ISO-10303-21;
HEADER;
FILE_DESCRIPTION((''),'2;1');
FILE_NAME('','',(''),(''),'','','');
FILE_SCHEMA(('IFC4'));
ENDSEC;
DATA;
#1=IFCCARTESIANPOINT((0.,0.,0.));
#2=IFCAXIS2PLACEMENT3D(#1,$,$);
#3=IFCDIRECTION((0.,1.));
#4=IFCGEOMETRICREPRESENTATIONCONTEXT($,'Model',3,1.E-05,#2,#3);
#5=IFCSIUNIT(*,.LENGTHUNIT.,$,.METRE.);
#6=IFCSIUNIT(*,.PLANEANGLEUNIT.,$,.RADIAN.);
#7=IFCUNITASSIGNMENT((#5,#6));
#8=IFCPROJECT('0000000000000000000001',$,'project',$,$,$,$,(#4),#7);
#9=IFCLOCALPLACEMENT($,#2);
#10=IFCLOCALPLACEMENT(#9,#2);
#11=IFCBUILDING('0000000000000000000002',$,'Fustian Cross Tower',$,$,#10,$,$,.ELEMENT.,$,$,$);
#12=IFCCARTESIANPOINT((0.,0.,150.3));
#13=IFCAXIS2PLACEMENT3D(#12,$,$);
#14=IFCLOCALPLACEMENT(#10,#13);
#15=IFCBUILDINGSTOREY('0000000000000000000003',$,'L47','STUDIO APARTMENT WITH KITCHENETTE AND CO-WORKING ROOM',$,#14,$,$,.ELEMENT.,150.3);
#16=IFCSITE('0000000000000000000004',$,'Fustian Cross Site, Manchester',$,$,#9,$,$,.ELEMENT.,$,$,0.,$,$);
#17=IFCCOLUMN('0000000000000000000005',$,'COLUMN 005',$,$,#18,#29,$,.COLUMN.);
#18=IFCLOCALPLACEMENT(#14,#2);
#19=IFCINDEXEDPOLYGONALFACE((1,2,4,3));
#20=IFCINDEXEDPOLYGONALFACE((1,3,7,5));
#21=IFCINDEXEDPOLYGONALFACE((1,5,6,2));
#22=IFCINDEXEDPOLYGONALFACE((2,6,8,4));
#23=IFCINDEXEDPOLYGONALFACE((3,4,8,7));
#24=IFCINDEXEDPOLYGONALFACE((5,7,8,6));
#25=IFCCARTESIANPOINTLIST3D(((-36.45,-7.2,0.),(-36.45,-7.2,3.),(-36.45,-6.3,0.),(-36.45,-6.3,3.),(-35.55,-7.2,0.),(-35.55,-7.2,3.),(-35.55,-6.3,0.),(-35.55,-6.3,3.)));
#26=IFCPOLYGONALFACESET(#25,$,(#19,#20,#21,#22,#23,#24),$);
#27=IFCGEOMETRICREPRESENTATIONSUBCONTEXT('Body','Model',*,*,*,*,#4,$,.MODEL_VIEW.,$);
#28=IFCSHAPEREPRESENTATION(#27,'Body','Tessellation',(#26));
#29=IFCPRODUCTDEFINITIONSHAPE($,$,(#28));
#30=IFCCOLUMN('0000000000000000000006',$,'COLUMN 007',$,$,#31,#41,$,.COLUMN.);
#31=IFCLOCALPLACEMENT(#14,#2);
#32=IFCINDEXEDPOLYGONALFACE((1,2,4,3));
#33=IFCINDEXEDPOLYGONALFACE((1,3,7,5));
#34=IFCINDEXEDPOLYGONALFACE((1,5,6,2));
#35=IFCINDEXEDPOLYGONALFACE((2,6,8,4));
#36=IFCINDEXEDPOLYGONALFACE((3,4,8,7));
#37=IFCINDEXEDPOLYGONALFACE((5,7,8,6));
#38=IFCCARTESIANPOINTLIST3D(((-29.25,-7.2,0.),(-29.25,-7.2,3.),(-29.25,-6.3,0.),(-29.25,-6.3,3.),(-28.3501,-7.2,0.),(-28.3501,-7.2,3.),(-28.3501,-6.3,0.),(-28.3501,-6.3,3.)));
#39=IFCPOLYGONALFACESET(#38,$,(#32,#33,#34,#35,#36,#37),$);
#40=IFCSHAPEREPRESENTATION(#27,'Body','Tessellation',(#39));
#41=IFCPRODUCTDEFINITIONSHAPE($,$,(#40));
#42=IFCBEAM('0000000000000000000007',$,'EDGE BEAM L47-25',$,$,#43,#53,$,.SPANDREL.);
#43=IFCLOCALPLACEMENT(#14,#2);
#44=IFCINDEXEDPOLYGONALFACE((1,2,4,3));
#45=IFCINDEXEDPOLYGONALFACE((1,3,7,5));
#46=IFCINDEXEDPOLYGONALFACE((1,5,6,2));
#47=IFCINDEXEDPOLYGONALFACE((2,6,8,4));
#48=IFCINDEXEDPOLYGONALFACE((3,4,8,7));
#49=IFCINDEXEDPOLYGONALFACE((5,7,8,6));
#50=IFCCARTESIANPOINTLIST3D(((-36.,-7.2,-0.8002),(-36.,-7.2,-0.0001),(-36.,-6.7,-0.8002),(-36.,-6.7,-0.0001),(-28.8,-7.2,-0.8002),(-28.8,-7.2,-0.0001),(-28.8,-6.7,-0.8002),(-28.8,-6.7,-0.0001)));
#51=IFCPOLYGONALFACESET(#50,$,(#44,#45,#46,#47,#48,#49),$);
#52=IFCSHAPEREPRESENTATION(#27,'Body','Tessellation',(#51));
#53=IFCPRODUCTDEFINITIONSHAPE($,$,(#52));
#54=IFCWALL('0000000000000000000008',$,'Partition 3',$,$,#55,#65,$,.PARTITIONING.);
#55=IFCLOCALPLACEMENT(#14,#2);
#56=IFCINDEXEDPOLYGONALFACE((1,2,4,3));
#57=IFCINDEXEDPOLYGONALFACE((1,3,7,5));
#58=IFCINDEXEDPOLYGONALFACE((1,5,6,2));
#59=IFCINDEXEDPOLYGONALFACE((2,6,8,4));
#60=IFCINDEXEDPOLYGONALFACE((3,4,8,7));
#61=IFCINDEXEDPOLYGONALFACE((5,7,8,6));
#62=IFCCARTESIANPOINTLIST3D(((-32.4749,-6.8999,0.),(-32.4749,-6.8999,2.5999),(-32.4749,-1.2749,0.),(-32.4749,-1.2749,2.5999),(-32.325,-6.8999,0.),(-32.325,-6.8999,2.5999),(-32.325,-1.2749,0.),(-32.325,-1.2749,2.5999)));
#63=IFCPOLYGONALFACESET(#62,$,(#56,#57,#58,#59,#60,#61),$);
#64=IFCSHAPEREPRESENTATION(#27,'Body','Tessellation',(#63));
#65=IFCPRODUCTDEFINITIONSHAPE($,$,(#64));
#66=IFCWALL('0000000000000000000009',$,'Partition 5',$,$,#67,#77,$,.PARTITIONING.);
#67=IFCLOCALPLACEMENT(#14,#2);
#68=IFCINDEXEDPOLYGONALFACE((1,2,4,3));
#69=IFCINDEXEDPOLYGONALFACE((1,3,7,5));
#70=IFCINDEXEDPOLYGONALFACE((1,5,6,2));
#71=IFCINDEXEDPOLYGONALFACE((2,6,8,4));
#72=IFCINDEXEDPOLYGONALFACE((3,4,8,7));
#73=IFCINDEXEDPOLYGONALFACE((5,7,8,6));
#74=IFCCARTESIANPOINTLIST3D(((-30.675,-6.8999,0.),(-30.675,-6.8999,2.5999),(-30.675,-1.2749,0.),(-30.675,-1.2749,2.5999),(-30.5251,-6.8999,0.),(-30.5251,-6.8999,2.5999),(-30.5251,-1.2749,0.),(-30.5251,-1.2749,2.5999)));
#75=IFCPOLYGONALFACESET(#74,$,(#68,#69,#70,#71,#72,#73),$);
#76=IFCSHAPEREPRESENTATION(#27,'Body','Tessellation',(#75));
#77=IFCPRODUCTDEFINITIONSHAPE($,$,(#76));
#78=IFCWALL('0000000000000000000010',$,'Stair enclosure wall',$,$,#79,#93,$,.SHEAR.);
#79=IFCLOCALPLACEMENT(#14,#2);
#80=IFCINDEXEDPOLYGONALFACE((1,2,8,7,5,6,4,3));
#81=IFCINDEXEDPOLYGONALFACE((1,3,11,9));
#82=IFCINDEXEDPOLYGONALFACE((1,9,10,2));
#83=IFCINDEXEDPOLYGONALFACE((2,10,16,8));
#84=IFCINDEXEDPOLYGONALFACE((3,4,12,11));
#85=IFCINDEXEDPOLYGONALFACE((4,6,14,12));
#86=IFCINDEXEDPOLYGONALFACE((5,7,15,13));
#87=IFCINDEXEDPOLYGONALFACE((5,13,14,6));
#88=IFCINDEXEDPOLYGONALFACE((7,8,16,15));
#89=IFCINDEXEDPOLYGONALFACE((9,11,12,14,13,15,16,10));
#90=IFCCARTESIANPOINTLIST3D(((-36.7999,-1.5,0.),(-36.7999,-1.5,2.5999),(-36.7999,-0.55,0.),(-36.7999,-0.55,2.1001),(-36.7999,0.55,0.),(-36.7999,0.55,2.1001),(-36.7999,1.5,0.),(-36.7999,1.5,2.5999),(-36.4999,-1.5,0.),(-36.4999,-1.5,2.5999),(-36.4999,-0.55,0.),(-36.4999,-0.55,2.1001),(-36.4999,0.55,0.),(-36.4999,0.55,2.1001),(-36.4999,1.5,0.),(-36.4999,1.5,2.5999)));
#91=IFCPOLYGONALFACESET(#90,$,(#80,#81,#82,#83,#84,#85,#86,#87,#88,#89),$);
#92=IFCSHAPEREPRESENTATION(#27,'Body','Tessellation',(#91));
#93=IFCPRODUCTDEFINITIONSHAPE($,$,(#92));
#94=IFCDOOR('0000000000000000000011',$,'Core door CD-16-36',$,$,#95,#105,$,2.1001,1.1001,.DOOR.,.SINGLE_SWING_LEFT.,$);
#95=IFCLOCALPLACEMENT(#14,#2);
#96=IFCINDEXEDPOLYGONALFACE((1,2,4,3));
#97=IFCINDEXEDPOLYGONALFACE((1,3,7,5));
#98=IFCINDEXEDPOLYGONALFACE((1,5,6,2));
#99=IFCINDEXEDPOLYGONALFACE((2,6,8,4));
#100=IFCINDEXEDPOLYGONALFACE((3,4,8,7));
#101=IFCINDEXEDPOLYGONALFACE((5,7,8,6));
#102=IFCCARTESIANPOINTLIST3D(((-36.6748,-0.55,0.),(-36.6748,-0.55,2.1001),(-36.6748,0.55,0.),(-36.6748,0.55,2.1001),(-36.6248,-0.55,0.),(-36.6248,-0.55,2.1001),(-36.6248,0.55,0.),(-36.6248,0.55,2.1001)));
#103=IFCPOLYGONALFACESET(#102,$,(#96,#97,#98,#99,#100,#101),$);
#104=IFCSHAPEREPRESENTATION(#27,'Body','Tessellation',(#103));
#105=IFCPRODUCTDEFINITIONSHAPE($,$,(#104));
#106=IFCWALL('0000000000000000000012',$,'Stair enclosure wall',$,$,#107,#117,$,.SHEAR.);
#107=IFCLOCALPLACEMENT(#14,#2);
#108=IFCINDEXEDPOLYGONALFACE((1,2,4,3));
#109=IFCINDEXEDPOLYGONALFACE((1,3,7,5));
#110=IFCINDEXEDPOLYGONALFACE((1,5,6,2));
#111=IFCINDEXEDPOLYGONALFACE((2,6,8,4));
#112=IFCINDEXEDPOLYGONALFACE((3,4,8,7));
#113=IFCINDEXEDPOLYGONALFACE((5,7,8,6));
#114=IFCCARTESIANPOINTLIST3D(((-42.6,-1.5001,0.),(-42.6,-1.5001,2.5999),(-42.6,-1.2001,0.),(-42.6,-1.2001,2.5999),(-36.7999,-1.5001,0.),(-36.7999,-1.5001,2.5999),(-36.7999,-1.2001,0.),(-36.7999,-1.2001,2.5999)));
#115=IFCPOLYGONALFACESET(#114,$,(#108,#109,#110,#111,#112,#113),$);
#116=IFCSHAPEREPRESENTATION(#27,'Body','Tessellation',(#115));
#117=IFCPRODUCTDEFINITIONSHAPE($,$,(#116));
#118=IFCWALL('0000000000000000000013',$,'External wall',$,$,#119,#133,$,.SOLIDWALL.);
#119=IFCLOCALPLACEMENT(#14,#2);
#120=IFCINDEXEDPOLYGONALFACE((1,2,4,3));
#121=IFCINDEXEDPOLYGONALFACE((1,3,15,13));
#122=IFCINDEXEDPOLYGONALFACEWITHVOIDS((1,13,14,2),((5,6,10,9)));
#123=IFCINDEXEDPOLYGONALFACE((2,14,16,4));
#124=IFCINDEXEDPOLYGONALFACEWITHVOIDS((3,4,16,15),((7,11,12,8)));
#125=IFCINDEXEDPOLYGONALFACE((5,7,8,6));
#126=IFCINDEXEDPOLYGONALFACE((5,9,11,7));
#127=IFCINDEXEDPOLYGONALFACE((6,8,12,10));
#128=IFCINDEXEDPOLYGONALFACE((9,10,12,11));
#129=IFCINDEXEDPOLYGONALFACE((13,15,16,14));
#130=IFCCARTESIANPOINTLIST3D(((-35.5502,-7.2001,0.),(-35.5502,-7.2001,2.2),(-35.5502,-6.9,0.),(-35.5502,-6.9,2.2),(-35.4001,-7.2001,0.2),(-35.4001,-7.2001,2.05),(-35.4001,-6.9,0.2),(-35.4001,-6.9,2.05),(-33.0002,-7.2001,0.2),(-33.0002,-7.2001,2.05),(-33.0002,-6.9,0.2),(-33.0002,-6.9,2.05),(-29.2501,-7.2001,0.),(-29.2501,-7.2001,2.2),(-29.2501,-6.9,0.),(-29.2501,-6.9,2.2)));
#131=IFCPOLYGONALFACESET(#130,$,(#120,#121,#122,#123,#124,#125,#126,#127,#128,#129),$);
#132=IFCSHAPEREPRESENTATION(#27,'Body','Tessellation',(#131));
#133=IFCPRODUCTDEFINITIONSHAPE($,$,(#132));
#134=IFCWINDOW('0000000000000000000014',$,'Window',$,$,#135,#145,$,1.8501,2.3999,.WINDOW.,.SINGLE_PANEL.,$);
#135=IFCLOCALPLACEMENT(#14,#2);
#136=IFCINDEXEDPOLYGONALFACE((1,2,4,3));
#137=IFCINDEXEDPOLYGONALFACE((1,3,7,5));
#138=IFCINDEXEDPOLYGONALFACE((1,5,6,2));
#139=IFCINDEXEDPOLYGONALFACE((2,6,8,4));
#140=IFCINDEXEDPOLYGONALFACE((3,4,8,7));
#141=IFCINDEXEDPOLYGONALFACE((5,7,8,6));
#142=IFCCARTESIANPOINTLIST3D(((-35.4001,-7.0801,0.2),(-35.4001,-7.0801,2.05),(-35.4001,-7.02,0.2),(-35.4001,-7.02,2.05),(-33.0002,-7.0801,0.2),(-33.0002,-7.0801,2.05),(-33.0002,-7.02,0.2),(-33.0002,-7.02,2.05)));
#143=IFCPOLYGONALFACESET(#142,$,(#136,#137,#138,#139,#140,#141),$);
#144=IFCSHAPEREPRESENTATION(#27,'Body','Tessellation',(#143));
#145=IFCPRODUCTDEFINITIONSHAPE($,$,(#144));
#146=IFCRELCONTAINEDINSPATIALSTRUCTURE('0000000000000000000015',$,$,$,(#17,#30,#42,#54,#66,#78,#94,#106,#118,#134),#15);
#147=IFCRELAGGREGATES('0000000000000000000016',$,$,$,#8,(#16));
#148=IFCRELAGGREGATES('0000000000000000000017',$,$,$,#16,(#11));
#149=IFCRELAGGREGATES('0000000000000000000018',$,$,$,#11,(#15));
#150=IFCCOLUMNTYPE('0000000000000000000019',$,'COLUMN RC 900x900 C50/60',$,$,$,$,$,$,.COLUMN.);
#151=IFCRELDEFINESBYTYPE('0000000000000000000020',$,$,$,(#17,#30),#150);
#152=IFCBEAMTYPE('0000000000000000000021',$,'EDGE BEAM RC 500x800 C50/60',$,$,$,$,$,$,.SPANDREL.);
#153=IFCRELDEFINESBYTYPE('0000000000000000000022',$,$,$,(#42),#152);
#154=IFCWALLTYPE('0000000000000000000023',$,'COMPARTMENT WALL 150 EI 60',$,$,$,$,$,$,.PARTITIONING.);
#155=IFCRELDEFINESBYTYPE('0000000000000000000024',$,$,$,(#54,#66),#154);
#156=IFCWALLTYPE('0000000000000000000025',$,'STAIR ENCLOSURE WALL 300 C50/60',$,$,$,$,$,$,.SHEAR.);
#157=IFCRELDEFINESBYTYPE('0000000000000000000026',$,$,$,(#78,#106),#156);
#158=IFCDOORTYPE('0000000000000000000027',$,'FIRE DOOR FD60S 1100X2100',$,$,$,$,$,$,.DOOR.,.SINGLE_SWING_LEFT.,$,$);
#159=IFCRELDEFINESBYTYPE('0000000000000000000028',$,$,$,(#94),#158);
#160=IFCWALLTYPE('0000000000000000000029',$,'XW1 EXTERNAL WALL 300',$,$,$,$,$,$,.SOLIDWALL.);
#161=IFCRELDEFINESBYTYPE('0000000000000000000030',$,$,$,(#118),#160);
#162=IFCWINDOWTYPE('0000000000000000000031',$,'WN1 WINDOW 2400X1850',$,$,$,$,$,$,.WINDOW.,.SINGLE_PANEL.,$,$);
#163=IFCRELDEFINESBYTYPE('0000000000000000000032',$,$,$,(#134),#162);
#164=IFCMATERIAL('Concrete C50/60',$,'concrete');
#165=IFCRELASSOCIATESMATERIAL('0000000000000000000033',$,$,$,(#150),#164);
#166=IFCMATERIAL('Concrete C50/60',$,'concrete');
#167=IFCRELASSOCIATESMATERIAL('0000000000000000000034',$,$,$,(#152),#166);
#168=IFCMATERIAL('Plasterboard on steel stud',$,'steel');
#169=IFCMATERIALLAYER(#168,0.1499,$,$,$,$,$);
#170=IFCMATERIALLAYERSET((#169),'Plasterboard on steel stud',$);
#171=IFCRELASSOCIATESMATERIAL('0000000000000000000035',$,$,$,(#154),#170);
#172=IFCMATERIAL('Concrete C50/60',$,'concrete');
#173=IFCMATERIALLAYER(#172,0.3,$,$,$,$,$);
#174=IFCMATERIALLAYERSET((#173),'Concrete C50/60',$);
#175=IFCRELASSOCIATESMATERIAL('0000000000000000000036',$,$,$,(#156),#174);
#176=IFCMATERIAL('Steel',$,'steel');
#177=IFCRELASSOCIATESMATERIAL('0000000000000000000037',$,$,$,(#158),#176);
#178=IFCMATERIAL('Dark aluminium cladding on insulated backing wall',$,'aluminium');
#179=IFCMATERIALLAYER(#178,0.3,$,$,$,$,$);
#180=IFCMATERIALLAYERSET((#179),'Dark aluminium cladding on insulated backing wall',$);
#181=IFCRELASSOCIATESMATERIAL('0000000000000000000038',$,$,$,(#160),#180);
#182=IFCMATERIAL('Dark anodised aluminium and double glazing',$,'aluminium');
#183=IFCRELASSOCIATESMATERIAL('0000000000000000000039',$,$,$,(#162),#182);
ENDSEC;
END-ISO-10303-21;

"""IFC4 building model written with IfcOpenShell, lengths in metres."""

from ifc_helpers import new_model, si_unit, direction, frame, frame_2d, origin, origin_2d, place, context, subcontext, project, spatial, rectangle, extrude, material, layer, layer_set, material_profile, profile_set, type_object, element, fill, save


model = new_model("IFC4")

# Units and contexts
model_context = context("Model", 3, precision=1e-05, world=origin(), true_north=direction((0.0, 1.0)))
body_context = subcontext(model_context, "Body", "Model", "MODEL_VIEW")
ifc_project = project(units=[si_unit("LENGTHUNIT", "METRE"), si_unit("PLANEANGLEUNIT", "RADIAN")], contexts=[model_context])

# Site, building, storey
site_placement = place(None, origin())
site = spatial("IfcSite", under=ifc_project, at=site_placement, Name="Fustian Cross Site, Manchester", CompositionType="ELEMENT", RefElevation=0.0)
building_placement = place(site_placement, origin())
building = spatial("IfcBuilding", under=site, at=building_placement, Name="Fustian Cross Tower", CompositionType="ELEMENT")
storey_placement = place(building_placement, frame((0.0, 0.0, 150.3)))
storey = spatial("IfcBuildingStorey", under=building, at=storey_placement, Name="L47", Description="STUDIO APARTMENT WITH KITCHENETTE AND CO-WORKING ROOM", CompositionType="ELEMENT", Elevation=150.3)

# Columns
ifc_material_1 = material(Name="Concrete C50/60", Category="concrete")
ifc_material_profile_1 = material_profile(ifc_material_1, rectangle(XDim=0.8999, YDim=0.8999, at=origin_2d()), Name="RC 900x900")
ifc_profile_set_1 = profile_set([ifc_material_profile_1], Name="Concrete C50/60")
column_type = type_object("IfcColumnType", Name="COLUMN RC 900x900 C50/60", PredefinedType="COLUMN", material=ifc_profile_set_1)
for number, where, z_axis, x_axis, name in (
    (1, (-36.0, -6.75, 0.0), (0.0, 0.0, 1.0), (1.0, 0.0, 0.0), "COLUMN 005"),
    (2, (-28.8, -6.75, 0.0), (0.0, 0.0, 1.0), (1.0, 0.0, 0.0), "COLUMN 007"),
):
    element("IfcColumn", number, at=place(storey_placement, frame(where, z_axis=z_axis, x_axis=x_axis)), inside=storey, type_object=column_type, Name=name, PredefinedType="COLUMN", context=body_context, shape_type="SweptSolid", body=[
        extrude(rectangle(XDim=0.8999, YDim=0.8999, at=origin_2d()), origin(), (0.0, 0.0, 1.0), 3.0),
    ])

# Beam
ifc_material_2 = material(Name="Concrete C50/60", Category="concrete")
ifc_material_profile_2 = material_profile(ifc_material_2, rectangle(XDim=0.5, YDim=0.8, at=origin_2d()), Name="RC 500x800")
ifc_profile_set_2 = profile_set([ifc_material_profile_2], Name="Concrete C50/60")
beam_type = type_object("IfcBeamType", Name="EDGE BEAM RC 500x800 C50/60", PredefinedType="SPANDREL", material=ifc_profile_set_2)
beam_placement = place(storey_placement, frame((-36.0, -6.95, -0.4001), z_axis=(1.0, 0.0, 0.0), x_axis=(0.0, 1.0, 0.0)))
element("IfcBeam", 3, at=beam_placement, inside=storey, type_object=beam_type, Name="EDGE BEAM L47-25", PredefinedType="SPANDREL", context=body_context, shape_type="SweptSolid", body=[
    extrude(rectangle(XDim=0.5, YDim=0.8, at=origin_2d()), origin(), (0.0, 0.0, 1.0), 7.2),
])

# Walls
ifc_material_3 = material(Name="Plasterboard on steel stud", Category="steel")
ifc_layer_1 = layer(ifc_material_3, 0.1499)
ifc_layer_set_1 = layer_set([ifc_layer_1], Name="Plasterboard on steel stud")
wall_type_1 = type_object("IfcWallType", Name="COMPARTMENT WALL 150 EI 60", PredefinedType="PARTITIONING", material=ifc_layer_set_1)
for number, where, z_axis, x_axis, name in (
    (4, (-32.3999, -6.8999, 0.0), (0.0, 0.0, 1.0), (0.0, 1.0, 0.0), "Partition 3"),
    (5, (-30.6001, -6.8999, 0.0), (0.0, 0.0, 1.0), (0.0, 1.0, 0.0), "Partition 5"),
):
    element("IfcWall", number, at=place(storey_placement, frame(where, z_axis=z_axis, x_axis=x_axis)), inside=storey, type_object=wall_type_1, Name=name, PredefinedType="PARTITIONING", context=body_context, shape_type="SweptSolid", body=[
        extrude(rectangle(XDim=5.625, YDim=0.1499, at=frame_2d((2.8125, 0.0))), origin(), (0.0, 0.0, 1.0), 2.5999),
    ])

# Wall, opening, door
ifc_material_4 = material(Name="Concrete C50/60", Category="concrete")
ifc_layer_2 = layer(ifc_material_4, 0.3)
ifc_layer_set_2 = layer_set([ifc_layer_2], Name="Concrete C50/60")
wall_type_2 = type_object("IfcWallType", Name="STAIR ENCLOSURE WALL 300 C50/60", PredefinedType="SHEAR", material=ifc_layer_set_2)
wall_1_placement = place(storey_placement, frame((-36.6499, -1.5, 0.0), z_axis=(0.0, 0.0, 1.0), x_axis=(0.0, 1.0, 0.0)))
wall_1 = element("IfcWall", 6, at=wall_1_placement, inside=storey, type_object=wall_type_2, Name="Stair enclosure wall", PredefinedType="SHEAR", context=body_context, shape_type="SweptSolid", body=[
    extrude(rectangle(XDim=3.0, YDim=0.3, at=frame_2d((1.5, 0.0))), origin(), (0.0, 0.0, 1.0), 2.5999),
])
opening_1_placement = place(wall_1_placement, frame((0.95, 0.0, 0.0)))
opening_1 = element("IfcOpeningElement", 7, at=opening_1_placement, cuts=wall_1, PredefinedType="OPENING", context=body_context, shape_type="SweptSolid", body=[
    extrude(rectangle(XDim=1.1001, YDim=2.1001, at=frame_2d((0.55, 1.05))), frame((0.0, 0.1599, 0.0), z_axis=(0.0, -1.0, 0.0), x_axis=(1.0, 0.0, 0.0)), (0.0, 0.0, 1.0), 0.3201),
])
ifc_material_5 = material(Name="Steel", Category="steel")
door_type = type_object("IfcDoorType", Name="FIRE DOOR FD60S 1100X2100", OperationType="SINGLE_SWING_LEFT", PredefinedType="DOOR", material=ifc_material_5)
door_placement = place(opening_1_placement, origin())
door = element("IfcDoor", 8, at=door_placement, inside=storey, type_object=door_type, Name="Core door CD-16-36", OperationType="SINGLE_SWING_LEFT", OverallHeight=2.1001, OverallWidth=1.1001, PredefinedType="DOOR", context=body_context, shape_type="SweptSolid", body=[
    extrude(rectangle(XDim=1.1001, YDim=2.1001, at=frame_2d((0.55, 1.05))), frame((0.0, 0.0249, 0.0), z_axis=(0.0, -1.0, 0.0), x_axis=(1.0, 0.0, 0.0)), (0.0, 0.0, 1.0), 0.05),
])
fill(opening_1, door)

# Wall
wall_2_placement = place(storey_placement, frame((-36.8, -1.3501, 0.0), z_axis=(0.0, 0.0, 1.0), x_axis=(-1.0, 0.0, 0.0)))
element("IfcWall", 9, at=wall_2_placement, inside=storey, type_object=wall_type_2, Name="Stair enclosure wall", PredefinedType="SHEAR", context=body_context, shape_type="SweptSolid", body=[
    extrude(rectangle(XDim=5.8, YDim=0.3, at=frame_2d((2.8999, 0.0))), origin(), (0.0, 0.0, 1.0), 2.5999),
])

# Wall, opening, window
ifc_material_6 = material(Name="Dark aluminium cladding on insulated backing wall", Category="aluminium")
ifc_layer_3 = layer(ifc_material_6, 0.3)
ifc_layer_set_3 = layer_set([ifc_layer_3], Name="Dark aluminium cladding on insulated backing wall")
wall_type_3 = type_object("IfcWallType", Name="XW1 EXTERNAL WALL 300", PredefinedType="SOLIDWALL", material=ifc_layer_set_3)
wall_3_placement = place(storey_placement, frame((-35.55, -7.05, 0.0), z_axis=(0.0, 0.0, 1.0), x_axis=(1.0, 0.0, 0.0)))
wall_3 = element("IfcWall", 10, at=wall_3_placement, inside=storey, type_object=wall_type_3, Name="External wall", PredefinedType="SOLIDWALL", context=body_context, shape_type="SweptSolid", body=[
    extrude(rectangle(XDim=6.3, YDim=0.3, at=frame_2d((3.1499, 0.0))), origin(), (0.0, 0.0, 1.0), 2.2),
])
opening_2_placement = place(wall_3_placement, frame((0.1499, 0.0, 0.2)))
opening_2 = element("IfcOpeningElement", 11, at=opening_2_placement, cuts=wall_3, PredefinedType="OPENING", context=body_context, shape_type="SweptSolid", body=[
    extrude(rectangle(XDim=2.3999, YDim=1.8501, at=frame_2d((1.2, 0.925))), frame((0.0, 0.1599, 0.0), z_axis=(0.0, -1.0, 0.0), x_axis=(1.0, 0.0, 0.0)), (0.0, 0.0, 1.0), 0.3201),
])
ifc_material_7 = material(Name="Dark anodised aluminium and double glazing", Category="aluminium")
window_type = type_object("IfcWindowType", Name="WN1 WINDOW 2400X1850", PartitioningType="SINGLE_PANEL", PredefinedType="WINDOW", material=ifc_material_7)
window_placement = place(opening_2_placement, origin())
window = element("IfcWindow", 12, at=window_placement, inside=storey, type_object=window_type, Name="Window", OverallHeight=1.8501, OverallWidth=2.3999, PartitioningType="SINGLE_PANEL", PredefinedType="WINDOW", context=body_context, shape_type="SweptSolid", body=[
    extrude(rectangle(XDim=2.3999, YDim=1.8501, at=frame_2d((1.2, 0.925))), frame((0.0, 0.03, 0.0), z_axis=(0.0, -1.0, 0.0), x_axis=(1.0, 0.0, 0.0)), (0.0, 0.0, 1.0), 0.0601),
])
fill(opening_2, window)

save(model, "model.ifc")
